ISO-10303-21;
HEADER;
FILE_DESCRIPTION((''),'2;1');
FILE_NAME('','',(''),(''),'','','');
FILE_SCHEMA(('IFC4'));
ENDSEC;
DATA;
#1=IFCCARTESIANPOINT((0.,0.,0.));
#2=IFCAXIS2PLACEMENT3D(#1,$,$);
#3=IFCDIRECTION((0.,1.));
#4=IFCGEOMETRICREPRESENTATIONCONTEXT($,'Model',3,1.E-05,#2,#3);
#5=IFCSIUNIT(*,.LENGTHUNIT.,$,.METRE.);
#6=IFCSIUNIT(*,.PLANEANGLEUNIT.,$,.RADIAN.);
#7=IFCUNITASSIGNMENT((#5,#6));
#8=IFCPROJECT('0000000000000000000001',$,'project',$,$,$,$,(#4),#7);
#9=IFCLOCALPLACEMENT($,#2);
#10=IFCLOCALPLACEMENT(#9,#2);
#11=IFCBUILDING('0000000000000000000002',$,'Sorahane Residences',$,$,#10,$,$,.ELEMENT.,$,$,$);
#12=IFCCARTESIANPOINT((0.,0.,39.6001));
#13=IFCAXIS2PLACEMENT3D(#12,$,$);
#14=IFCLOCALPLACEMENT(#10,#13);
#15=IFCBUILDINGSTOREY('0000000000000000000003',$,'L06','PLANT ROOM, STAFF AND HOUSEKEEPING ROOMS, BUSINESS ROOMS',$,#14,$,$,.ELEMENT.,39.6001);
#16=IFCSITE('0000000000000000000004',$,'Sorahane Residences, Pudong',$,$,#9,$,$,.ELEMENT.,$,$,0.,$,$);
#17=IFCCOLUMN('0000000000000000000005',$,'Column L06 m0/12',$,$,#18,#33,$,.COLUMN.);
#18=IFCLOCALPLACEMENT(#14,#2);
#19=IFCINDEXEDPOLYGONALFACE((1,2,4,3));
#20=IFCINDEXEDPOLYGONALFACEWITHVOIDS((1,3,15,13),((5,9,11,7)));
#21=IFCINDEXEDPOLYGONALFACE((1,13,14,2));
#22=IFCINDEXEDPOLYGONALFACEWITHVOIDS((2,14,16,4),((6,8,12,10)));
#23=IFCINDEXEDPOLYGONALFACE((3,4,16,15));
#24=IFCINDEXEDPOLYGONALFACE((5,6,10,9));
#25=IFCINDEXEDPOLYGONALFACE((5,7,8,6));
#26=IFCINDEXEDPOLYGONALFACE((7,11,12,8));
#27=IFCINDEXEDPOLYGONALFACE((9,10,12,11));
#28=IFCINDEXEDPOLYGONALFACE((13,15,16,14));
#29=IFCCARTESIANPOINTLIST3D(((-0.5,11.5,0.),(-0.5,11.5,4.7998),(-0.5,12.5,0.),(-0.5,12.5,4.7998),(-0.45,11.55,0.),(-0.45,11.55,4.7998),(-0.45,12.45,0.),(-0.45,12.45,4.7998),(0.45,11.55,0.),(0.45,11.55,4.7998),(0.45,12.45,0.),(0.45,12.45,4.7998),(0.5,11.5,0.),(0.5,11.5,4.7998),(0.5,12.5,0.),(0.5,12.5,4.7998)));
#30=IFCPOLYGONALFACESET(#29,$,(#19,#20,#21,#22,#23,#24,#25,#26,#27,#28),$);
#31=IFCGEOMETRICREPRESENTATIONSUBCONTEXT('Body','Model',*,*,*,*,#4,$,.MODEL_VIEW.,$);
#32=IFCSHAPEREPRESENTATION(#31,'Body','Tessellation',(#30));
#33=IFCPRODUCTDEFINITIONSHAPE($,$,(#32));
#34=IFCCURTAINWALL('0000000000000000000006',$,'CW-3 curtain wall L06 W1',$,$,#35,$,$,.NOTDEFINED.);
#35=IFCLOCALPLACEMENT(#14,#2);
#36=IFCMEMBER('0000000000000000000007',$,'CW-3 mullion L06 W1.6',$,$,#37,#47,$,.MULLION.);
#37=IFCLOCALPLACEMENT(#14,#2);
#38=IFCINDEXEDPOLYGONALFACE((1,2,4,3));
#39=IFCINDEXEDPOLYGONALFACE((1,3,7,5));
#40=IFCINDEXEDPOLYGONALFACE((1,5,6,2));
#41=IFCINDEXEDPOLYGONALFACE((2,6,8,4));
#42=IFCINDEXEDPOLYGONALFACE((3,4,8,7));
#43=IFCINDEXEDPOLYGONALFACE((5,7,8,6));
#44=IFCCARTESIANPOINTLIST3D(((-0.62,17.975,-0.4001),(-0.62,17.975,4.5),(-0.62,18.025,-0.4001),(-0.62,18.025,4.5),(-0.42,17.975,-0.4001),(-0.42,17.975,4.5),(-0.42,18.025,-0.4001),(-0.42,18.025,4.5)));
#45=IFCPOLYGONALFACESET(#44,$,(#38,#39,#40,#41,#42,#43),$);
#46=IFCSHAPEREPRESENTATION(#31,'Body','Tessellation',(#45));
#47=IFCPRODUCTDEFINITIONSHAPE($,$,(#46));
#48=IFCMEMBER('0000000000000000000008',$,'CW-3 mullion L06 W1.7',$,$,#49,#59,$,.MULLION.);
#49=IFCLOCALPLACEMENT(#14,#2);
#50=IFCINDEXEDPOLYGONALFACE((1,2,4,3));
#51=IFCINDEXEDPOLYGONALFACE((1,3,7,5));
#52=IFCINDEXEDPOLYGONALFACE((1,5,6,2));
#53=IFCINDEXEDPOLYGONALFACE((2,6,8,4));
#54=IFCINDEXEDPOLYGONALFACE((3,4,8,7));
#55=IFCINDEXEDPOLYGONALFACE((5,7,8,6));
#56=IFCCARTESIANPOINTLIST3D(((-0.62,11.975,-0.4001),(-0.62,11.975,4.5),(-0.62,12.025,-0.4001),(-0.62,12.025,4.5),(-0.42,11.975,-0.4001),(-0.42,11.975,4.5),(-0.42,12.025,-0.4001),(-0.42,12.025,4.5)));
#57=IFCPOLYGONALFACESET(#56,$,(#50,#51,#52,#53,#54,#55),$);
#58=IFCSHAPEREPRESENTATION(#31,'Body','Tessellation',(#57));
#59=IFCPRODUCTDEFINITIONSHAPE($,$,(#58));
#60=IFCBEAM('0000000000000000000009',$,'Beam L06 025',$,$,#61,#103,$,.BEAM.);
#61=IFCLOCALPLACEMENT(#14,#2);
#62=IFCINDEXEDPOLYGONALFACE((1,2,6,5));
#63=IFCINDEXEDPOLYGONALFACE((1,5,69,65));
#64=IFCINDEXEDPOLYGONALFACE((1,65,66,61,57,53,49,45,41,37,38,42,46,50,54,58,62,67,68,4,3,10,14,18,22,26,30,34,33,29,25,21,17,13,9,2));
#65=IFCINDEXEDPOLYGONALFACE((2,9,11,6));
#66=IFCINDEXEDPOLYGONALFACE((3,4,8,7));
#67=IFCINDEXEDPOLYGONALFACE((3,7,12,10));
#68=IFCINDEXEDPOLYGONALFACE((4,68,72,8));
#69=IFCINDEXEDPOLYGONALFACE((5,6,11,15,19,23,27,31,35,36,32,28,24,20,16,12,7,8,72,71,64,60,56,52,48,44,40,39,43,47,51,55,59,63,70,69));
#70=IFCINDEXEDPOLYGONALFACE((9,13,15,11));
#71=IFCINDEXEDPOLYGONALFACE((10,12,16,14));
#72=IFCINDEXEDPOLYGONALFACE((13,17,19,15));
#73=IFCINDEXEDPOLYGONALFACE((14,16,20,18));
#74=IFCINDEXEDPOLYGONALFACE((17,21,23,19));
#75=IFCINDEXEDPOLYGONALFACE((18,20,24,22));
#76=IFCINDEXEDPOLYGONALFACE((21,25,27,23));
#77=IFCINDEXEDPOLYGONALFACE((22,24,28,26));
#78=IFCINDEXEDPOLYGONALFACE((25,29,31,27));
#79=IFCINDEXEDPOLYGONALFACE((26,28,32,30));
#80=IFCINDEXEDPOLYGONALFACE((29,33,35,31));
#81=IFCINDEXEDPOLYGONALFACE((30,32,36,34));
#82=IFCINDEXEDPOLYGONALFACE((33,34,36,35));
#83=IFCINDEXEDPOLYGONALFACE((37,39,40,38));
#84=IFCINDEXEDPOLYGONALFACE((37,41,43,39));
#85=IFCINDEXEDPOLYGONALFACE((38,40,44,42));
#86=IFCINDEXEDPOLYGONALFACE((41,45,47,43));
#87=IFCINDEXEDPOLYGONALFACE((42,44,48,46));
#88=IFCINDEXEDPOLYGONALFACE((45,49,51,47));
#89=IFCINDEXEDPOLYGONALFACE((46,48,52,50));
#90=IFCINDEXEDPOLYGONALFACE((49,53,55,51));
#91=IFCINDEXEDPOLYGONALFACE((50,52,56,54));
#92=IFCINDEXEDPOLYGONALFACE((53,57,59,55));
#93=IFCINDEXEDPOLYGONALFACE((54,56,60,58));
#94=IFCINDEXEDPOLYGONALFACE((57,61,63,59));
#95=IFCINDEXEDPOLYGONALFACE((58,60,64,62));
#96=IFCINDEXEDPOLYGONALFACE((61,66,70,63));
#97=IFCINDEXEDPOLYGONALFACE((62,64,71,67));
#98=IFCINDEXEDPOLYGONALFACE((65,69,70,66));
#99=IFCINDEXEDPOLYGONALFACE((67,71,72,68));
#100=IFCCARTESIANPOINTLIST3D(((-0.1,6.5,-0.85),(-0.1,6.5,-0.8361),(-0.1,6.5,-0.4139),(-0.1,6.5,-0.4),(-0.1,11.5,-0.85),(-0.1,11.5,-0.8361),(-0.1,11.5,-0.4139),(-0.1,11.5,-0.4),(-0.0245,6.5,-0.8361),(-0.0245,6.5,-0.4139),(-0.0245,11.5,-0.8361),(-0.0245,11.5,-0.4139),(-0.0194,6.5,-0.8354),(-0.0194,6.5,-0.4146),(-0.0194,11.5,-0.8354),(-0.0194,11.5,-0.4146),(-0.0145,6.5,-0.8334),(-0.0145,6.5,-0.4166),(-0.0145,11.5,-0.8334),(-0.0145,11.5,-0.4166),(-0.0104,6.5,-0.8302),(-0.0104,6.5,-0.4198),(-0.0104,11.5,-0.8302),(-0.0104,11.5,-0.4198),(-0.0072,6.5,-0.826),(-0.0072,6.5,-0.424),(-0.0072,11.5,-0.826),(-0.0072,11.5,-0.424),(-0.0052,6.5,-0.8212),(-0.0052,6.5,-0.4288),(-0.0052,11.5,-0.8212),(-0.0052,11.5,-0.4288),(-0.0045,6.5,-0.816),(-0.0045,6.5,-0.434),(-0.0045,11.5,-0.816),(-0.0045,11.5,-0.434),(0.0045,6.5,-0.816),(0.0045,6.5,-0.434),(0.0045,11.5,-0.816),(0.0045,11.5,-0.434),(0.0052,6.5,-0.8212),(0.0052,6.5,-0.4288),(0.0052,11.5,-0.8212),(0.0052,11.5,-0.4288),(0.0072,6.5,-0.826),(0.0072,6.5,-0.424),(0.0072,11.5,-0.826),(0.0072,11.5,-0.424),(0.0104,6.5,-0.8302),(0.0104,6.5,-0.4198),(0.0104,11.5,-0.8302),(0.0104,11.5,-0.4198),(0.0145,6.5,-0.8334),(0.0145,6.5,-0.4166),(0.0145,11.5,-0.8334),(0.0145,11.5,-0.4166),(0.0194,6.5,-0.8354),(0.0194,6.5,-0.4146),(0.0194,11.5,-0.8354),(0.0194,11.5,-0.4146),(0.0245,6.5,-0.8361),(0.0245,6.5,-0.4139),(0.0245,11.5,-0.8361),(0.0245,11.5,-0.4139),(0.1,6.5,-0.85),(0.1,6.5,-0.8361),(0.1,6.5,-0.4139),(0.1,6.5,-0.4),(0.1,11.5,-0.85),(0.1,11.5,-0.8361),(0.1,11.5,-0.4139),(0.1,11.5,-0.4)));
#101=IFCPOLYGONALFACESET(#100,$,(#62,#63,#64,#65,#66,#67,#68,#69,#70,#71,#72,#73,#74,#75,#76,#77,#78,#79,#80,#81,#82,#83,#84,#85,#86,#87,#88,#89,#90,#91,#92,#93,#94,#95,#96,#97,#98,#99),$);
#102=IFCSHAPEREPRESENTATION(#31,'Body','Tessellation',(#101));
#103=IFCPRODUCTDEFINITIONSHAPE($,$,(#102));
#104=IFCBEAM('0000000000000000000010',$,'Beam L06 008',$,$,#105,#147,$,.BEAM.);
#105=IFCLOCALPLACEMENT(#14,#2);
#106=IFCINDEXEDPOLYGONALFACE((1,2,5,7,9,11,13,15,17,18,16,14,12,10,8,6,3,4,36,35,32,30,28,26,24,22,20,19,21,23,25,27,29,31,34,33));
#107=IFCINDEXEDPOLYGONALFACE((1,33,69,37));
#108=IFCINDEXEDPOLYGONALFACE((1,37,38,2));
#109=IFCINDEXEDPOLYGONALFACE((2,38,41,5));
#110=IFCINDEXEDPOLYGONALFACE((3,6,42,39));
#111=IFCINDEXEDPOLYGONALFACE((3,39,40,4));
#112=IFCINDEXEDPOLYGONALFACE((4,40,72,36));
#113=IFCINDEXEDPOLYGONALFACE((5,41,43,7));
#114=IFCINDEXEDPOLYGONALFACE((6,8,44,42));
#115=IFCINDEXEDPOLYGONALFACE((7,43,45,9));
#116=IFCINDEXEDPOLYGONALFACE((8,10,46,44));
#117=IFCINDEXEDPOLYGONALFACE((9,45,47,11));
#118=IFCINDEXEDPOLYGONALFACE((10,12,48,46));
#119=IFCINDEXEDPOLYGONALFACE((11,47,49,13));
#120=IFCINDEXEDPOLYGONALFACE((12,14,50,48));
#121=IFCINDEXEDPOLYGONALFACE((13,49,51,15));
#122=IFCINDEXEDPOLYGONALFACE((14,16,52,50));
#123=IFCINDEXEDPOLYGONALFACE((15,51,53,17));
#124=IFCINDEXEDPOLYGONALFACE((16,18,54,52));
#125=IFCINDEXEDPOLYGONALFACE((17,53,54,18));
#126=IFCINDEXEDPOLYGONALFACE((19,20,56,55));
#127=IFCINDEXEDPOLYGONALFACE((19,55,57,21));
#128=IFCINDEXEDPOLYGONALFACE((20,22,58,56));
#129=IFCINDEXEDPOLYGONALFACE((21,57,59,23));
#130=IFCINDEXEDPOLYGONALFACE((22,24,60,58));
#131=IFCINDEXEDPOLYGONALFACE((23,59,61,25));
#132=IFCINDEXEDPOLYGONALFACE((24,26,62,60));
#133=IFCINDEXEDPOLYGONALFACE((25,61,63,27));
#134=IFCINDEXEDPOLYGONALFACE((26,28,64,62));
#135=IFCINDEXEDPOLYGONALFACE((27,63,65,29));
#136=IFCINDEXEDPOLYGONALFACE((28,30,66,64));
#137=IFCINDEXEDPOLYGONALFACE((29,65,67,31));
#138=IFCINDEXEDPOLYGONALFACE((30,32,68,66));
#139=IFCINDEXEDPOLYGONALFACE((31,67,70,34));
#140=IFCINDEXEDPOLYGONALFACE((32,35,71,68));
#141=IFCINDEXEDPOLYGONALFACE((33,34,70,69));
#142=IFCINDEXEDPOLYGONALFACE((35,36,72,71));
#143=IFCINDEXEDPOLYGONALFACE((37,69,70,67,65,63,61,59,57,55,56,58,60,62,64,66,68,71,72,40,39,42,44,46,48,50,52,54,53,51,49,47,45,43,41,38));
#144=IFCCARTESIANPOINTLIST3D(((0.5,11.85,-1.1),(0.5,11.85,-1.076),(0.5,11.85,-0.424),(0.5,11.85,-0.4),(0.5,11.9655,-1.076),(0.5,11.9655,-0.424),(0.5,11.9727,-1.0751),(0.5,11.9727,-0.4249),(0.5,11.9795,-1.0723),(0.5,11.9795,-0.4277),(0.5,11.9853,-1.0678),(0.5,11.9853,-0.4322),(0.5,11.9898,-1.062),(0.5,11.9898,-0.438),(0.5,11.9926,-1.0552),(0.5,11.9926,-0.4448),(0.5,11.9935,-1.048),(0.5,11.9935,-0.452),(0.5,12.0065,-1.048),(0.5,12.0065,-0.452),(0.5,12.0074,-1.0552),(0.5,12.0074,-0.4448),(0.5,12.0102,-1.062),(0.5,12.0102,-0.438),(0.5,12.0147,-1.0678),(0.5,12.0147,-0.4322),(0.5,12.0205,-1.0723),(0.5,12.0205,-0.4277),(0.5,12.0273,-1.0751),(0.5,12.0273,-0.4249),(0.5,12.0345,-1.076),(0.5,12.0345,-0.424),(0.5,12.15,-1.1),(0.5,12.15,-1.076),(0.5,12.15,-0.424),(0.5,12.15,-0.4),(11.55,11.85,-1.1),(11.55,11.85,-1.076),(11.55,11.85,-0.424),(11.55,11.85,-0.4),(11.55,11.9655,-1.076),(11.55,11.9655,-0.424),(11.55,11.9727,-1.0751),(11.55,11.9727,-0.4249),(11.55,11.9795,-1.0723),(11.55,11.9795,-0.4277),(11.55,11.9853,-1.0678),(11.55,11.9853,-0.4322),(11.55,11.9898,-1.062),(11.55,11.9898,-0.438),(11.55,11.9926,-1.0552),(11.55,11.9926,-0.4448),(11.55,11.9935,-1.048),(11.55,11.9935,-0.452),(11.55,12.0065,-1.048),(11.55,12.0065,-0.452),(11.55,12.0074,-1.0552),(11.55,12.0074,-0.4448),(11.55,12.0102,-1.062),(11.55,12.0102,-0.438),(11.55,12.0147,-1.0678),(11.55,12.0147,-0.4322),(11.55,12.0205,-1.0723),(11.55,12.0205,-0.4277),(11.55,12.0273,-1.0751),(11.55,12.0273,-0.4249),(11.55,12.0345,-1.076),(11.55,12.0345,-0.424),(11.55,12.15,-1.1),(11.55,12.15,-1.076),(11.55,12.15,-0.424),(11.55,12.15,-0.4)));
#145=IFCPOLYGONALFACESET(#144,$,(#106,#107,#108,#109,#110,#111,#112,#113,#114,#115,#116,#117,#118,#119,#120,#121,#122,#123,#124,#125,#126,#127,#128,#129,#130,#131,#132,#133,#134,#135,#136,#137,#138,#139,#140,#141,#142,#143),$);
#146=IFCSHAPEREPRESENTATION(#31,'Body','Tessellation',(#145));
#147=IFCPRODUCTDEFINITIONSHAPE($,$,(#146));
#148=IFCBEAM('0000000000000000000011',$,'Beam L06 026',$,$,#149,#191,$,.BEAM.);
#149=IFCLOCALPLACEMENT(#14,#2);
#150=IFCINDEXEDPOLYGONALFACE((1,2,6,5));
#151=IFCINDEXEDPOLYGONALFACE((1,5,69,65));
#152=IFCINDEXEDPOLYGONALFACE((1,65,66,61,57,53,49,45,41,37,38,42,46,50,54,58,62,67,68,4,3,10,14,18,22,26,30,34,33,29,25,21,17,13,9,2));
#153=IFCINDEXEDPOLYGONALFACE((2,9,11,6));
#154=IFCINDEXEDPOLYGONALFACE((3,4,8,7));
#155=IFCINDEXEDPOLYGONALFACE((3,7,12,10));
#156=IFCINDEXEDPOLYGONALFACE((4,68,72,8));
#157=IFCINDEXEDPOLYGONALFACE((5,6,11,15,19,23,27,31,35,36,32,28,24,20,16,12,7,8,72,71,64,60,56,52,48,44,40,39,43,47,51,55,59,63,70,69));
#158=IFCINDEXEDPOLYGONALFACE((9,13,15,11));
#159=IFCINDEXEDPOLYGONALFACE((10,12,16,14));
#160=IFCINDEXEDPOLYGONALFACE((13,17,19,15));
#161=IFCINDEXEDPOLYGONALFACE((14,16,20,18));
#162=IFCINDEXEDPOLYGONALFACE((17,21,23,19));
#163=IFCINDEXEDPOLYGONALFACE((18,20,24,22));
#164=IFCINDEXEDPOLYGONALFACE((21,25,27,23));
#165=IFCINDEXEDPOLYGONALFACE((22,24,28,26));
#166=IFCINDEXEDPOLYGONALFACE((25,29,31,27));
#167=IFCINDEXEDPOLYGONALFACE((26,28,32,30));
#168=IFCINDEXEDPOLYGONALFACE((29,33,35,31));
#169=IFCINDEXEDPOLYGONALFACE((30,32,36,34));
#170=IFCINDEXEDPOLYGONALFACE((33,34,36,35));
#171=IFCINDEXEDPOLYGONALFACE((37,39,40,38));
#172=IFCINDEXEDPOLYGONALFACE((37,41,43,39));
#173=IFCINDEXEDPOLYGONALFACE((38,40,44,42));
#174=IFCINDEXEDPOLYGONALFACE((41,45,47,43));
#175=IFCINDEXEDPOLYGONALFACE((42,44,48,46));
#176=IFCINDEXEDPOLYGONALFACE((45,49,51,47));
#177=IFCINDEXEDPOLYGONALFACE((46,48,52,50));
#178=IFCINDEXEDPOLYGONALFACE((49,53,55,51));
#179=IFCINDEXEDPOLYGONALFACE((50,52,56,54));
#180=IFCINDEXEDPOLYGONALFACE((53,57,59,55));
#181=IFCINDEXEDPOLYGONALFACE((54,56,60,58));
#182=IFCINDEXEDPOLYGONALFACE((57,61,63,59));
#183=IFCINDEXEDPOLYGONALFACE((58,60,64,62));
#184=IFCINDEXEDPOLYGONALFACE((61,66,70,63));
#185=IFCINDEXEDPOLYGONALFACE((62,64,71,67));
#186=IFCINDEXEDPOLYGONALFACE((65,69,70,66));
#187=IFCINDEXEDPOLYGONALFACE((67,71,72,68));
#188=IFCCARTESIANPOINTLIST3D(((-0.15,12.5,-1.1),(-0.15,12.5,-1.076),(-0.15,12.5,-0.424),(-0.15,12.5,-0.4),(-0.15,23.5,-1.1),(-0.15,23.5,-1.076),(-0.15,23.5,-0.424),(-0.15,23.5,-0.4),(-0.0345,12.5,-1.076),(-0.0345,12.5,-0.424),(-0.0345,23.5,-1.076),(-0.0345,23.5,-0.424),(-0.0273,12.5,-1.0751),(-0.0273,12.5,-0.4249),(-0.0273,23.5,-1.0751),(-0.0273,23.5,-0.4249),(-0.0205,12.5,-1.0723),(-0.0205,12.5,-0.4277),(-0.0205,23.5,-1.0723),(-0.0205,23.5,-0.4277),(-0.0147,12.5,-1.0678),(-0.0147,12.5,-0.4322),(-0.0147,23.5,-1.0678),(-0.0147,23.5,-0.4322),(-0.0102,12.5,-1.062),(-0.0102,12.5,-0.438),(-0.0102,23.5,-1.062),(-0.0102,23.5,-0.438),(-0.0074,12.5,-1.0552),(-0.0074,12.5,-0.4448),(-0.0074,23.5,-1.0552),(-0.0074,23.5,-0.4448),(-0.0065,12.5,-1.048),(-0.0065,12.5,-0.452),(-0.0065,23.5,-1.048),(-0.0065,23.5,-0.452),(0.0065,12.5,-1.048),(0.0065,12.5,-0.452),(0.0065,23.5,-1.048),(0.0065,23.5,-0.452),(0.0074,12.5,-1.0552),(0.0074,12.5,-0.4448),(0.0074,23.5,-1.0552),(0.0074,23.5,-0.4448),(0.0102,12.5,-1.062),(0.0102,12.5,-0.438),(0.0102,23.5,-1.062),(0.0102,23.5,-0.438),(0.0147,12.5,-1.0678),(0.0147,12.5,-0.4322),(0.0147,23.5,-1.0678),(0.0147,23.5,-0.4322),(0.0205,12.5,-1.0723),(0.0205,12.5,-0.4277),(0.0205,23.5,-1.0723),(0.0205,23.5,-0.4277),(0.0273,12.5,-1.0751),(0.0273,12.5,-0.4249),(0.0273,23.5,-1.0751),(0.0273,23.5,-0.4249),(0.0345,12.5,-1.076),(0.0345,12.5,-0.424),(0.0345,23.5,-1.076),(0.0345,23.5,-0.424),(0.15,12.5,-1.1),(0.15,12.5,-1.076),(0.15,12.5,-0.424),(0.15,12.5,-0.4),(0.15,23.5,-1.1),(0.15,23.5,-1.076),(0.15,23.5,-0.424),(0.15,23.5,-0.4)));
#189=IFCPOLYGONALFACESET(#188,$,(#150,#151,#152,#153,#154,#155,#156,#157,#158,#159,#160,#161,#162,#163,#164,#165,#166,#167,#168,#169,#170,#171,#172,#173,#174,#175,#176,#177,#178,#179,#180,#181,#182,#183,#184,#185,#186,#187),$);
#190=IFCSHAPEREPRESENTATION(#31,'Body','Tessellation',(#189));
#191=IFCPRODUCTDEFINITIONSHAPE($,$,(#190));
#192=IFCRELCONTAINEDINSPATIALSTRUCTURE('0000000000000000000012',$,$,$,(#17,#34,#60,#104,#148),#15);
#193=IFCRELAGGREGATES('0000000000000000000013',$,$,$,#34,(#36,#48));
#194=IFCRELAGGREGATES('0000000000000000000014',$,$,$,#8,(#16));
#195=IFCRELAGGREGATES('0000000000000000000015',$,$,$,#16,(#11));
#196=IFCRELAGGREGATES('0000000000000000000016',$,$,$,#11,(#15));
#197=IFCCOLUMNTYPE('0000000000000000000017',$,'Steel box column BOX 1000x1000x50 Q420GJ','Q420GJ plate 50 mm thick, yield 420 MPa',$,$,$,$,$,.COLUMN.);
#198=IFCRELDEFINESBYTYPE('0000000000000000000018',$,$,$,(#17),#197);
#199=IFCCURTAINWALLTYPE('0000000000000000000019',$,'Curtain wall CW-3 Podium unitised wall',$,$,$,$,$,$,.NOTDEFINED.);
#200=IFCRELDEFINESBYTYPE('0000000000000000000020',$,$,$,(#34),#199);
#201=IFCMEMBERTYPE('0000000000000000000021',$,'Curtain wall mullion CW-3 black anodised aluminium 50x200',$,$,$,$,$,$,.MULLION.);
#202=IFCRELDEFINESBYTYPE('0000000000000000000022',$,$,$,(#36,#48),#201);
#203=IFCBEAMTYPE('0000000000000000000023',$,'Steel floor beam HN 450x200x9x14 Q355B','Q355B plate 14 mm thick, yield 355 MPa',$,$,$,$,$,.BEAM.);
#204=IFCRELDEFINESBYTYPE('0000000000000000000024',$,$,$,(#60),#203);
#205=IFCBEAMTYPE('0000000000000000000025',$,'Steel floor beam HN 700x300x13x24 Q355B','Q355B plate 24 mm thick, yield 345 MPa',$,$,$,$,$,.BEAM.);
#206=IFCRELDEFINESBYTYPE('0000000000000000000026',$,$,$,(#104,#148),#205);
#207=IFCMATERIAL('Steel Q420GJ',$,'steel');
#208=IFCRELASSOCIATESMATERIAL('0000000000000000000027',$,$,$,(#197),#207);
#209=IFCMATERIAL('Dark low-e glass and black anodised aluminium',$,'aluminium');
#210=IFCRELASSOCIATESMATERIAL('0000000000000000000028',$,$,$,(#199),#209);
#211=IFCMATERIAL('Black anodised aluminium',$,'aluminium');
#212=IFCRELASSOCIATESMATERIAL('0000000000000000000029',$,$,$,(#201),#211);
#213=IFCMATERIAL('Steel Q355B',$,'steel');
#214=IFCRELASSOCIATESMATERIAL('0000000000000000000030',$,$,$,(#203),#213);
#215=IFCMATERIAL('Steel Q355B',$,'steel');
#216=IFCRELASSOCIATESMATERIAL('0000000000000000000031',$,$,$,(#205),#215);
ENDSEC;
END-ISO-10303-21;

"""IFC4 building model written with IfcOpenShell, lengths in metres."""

from ifc_helpers import new_model, si_unit, direction, frame, origin, origin_2d, place, context, subcontext, project, spatial, rectangle, hollow_rectangle, i_section, extrude, material, material_profile, profile_set, type_object, element, aggregate, save


model = new_model("IFC4")

# Units and contexts
model_context = context("Model", 3, precision=1e-05, world=origin(), true_north=direction((0.0, 1.0)))
body_context = subcontext(model_context, "Body", "Model", "MODEL_VIEW")
ifc_project = project(units=[si_unit("LENGTHUNIT", "METRE"), si_unit("PLANEANGLEUNIT", "RADIAN")], contexts=[model_context])

# Site, building, storey
site_placement = place(None, origin())
site = spatial("IfcSite", under=ifc_project, at=site_placement, Name="Sorahane Residences, Pudong", CompositionType="ELEMENT", RefElevation=0.0)
building_placement = place(site_placement, origin())
building = spatial("IfcBuilding", under=site, at=building_placement, Name="Sorahane Residences", CompositionType="ELEMENT")
storey_placement = place(building_placement, frame((0.0, 0.0, 39.6001)))
storey = spatial("IfcBuildingStorey", under=building, at=storey_placement, Name="L06", Description="PLANT ROOM, STAFF AND HOUSEKEEPING ROOMS, BUSINESS ROOMS", CompositionType="ELEMENT", Elevation=39.6001)

# Column
ifc_material_1 = material(Name="Steel Q420GJ", Category="steel")
ifc_material_profile_1 = material_profile(ifc_material_1, hollow_rectangle(XDim=1.0, YDim=1.0, WallThickness=0.05, at=origin_2d()), Name="BOX 1000x1000x50")
ifc_profile_set_1 = profile_set([ifc_material_profile_1], Name="Steel Q420GJ")
column_type = type_object("IfcColumnType", Name="Steel box column BOX 1000x1000x50 Q420GJ", Description="Q420GJ plate 50 mm thick, yield 420 MPa", PredefinedType="COLUMN", material=ifc_profile_set_1)
column_placement = place(storey_placement, frame((0.0, 12.0, 0.0), z_axis=(0.0, 0.0, 1.0), x_axis=(1.0, 0.0, 0.0)))
element("IfcColumn", 1, at=column_placement, inside=storey, type_object=column_type, Name="Column L06 m0/12", PredefinedType="COLUMN", context=body_context, shape_type="SweptSolid", body=[
    extrude(hollow_rectangle(XDim=1.0, YDim=1.0, WallThickness=0.05, at=origin_2d()), origin(), (0.0, 0.0, 1.0), 4.7998),
])

# Curtain wall, members
ifc_material_2 = material(Name="Dark low-e glass and black anodised aluminium", Category="aluminium")
curtain_wall_type = type_object("IfcCurtainWallType", Name="Curtain wall CW-3 Podium unitised wall", PredefinedType="NOTDEFINED", material=ifc_material_2)
curtain_wall_placement = place(storey_placement, origin())
curtain_wall = element("IfcCurtainWall", 2, at=curtain_wall_placement, inside=storey, type_object=curtain_wall_type, Name="CW-3 curtain wall L06 W1", PredefinedType="NOTDEFINED")
ifc_material_3 = material(Name="Black anodised aluminium", Category="aluminium")
ifc_material_profile_2 = material_profile(ifc_material_3, rectangle(XDim=0.2, YDim=0.05, at=origin_2d()), Name="Curtain wall mullion CW-3 black anodised aluminium 50x200")
ifc_profile_set_2 = profile_set([ifc_material_profile_2], Name="Black anodised aluminium")
member_type = type_object("IfcMemberType", Name="Curtain wall mullion CW-3 black anodised aluminium 50x200", PredefinedType="MULLION", material=ifc_profile_set_2)
member_1_placement = place(storey_placement, frame((-0.52, 18.0, -0.4001), z_axis=(0.0, 0.0, 1.0), x_axis=(-1.0, 0.0, 0.0)))
member_1 = element("IfcMember", 3, at=member_1_placement, type_object=member_type, Name="CW-3 mullion L06 W1.6", PredefinedType="MULLION", context=body_context, shape_type="SweptSolid", body=[
    extrude(rectangle(XDim=0.2, YDim=0.05, at=origin_2d()), origin(), (0.0, 0.0, 1.0), 4.9001),
])
member_2_placement = place(storey_placement, frame((-0.52, 12.0, -0.4001), z_axis=(0.0, 0.0, 1.0), x_axis=(-1.0, 0.0, 0.0)))
member_2 = element("IfcMember", 4, at=member_2_placement, type_object=member_type, Name="CW-3 mullion L06 W1.7", PredefinedType="MULLION", context=body_context, shape_type="SweptSolid", body=[
    extrude(rectangle(XDim=0.2, YDim=0.05, at=origin_2d()), origin(), (0.0, 0.0, 1.0), 4.9001),
])

# Beams
ifc_material_4 = material(Name="Steel Q355B", Category="steel")
ifc_material_profile_3 = material_profile(ifc_material_4, i_section(OverallWidth=0.2, OverallDepth=0.45, WebThickness=0.009, FlangeThickness=0.0139, FilletRadius=0.02, at=origin_2d()), Name="HN 450x200x9x14")
ifc_profile_set_3 = profile_set([ifc_material_profile_3], Name="Steel Q355B")
beam_type_1 = type_object("IfcBeamType", Name="Steel floor beam HN 450x200x9x14 Q355B", Description="Q355B plate 14 mm thick, yield 355 MPa", PredefinedType="BEAM", material=ifc_profile_set_3)
beam_1_placement = place(storey_placement, frame((0.0, 6.5, -0.625), z_axis=(0.0, 1.0, 0.0), x_axis=(-1.0, 0.0, 0.0)))
element("IfcBeam", 5, at=beam_1_placement, inside=storey, type_object=beam_type_1, Name="Beam L06 025", PredefinedType="BEAM", context=body_context, shape_type="SweptSolid", body=[
    extrude(i_section(OverallWidth=0.2, OverallDepth=0.45, WebThickness=0.009, FlangeThickness=0.0139, FilletRadius=0.02, at=origin_2d()), origin(), (0.0, 0.0, 1.0), 5.0),
])
ifc_material_5 = material(Name="Steel Q355B", Category="steel")
ifc_material_profile_4 = material_profile(ifc_material_5, i_section(OverallWidth=0.3, OverallDepth=0.7, WebThickness=0.0129, FlangeThickness=0.0239, FilletRadius=0.0281, at=origin_2d()), Name="HN 700x300x13x24")
ifc_profile_set_4 = profile_set([ifc_material_profile_4], Name="Steel Q355B")
beam_type_2 = type_object("IfcBeamType", Name="Steel floor beam HN 700x300x13x24 Q355B", Description="Q355B plate 24 mm thick, yield 345 MPa", PredefinedType="BEAM", material=ifc_profile_set_4)
beam_2_placement = place(storey_placement, frame((0.5, 12.0, -0.75), z_axis=(1.0, 0.0, 0.0), x_axis=(0.0, 1.0, 0.0)))
element("IfcBeam", 6, at=beam_2_placement, inside=storey, type_object=beam_type_2, Name="Beam L06 008", PredefinedType="BEAM", context=body_context, shape_type="SweptSolid", body=[
    extrude(i_section(OverallWidth=0.3, OverallDepth=0.7, WebThickness=0.0129, FlangeThickness=0.0239, FilletRadius=0.0281, at=origin_2d()), origin(), (0.0, 0.0, 1.0), 11.05),
])
beam_3_placement = place(storey_placement, frame((0.0, 12.5, -0.75), z_axis=(0.0, 1.0, 0.0), x_axis=(-1.0, 0.0, 0.0)))
element("IfcBeam", 7, at=beam_3_placement, inside=storey, type_object=beam_type_2, Name="Beam L06 026", PredefinedType="BEAM", context=body_context, shape_type="SweptSolid", body=[
    extrude(i_section(OverallWidth=0.3, OverallDepth=0.7, WebThickness=0.0129, FlangeThickness=0.0239, FilletRadius=0.0281, at=origin_2d()), origin(), (0.0, 0.0, 1.0), 11.0),
])

aggregate(curtain_wall, [member_1, member_2])

save(model, "model.ifc")
